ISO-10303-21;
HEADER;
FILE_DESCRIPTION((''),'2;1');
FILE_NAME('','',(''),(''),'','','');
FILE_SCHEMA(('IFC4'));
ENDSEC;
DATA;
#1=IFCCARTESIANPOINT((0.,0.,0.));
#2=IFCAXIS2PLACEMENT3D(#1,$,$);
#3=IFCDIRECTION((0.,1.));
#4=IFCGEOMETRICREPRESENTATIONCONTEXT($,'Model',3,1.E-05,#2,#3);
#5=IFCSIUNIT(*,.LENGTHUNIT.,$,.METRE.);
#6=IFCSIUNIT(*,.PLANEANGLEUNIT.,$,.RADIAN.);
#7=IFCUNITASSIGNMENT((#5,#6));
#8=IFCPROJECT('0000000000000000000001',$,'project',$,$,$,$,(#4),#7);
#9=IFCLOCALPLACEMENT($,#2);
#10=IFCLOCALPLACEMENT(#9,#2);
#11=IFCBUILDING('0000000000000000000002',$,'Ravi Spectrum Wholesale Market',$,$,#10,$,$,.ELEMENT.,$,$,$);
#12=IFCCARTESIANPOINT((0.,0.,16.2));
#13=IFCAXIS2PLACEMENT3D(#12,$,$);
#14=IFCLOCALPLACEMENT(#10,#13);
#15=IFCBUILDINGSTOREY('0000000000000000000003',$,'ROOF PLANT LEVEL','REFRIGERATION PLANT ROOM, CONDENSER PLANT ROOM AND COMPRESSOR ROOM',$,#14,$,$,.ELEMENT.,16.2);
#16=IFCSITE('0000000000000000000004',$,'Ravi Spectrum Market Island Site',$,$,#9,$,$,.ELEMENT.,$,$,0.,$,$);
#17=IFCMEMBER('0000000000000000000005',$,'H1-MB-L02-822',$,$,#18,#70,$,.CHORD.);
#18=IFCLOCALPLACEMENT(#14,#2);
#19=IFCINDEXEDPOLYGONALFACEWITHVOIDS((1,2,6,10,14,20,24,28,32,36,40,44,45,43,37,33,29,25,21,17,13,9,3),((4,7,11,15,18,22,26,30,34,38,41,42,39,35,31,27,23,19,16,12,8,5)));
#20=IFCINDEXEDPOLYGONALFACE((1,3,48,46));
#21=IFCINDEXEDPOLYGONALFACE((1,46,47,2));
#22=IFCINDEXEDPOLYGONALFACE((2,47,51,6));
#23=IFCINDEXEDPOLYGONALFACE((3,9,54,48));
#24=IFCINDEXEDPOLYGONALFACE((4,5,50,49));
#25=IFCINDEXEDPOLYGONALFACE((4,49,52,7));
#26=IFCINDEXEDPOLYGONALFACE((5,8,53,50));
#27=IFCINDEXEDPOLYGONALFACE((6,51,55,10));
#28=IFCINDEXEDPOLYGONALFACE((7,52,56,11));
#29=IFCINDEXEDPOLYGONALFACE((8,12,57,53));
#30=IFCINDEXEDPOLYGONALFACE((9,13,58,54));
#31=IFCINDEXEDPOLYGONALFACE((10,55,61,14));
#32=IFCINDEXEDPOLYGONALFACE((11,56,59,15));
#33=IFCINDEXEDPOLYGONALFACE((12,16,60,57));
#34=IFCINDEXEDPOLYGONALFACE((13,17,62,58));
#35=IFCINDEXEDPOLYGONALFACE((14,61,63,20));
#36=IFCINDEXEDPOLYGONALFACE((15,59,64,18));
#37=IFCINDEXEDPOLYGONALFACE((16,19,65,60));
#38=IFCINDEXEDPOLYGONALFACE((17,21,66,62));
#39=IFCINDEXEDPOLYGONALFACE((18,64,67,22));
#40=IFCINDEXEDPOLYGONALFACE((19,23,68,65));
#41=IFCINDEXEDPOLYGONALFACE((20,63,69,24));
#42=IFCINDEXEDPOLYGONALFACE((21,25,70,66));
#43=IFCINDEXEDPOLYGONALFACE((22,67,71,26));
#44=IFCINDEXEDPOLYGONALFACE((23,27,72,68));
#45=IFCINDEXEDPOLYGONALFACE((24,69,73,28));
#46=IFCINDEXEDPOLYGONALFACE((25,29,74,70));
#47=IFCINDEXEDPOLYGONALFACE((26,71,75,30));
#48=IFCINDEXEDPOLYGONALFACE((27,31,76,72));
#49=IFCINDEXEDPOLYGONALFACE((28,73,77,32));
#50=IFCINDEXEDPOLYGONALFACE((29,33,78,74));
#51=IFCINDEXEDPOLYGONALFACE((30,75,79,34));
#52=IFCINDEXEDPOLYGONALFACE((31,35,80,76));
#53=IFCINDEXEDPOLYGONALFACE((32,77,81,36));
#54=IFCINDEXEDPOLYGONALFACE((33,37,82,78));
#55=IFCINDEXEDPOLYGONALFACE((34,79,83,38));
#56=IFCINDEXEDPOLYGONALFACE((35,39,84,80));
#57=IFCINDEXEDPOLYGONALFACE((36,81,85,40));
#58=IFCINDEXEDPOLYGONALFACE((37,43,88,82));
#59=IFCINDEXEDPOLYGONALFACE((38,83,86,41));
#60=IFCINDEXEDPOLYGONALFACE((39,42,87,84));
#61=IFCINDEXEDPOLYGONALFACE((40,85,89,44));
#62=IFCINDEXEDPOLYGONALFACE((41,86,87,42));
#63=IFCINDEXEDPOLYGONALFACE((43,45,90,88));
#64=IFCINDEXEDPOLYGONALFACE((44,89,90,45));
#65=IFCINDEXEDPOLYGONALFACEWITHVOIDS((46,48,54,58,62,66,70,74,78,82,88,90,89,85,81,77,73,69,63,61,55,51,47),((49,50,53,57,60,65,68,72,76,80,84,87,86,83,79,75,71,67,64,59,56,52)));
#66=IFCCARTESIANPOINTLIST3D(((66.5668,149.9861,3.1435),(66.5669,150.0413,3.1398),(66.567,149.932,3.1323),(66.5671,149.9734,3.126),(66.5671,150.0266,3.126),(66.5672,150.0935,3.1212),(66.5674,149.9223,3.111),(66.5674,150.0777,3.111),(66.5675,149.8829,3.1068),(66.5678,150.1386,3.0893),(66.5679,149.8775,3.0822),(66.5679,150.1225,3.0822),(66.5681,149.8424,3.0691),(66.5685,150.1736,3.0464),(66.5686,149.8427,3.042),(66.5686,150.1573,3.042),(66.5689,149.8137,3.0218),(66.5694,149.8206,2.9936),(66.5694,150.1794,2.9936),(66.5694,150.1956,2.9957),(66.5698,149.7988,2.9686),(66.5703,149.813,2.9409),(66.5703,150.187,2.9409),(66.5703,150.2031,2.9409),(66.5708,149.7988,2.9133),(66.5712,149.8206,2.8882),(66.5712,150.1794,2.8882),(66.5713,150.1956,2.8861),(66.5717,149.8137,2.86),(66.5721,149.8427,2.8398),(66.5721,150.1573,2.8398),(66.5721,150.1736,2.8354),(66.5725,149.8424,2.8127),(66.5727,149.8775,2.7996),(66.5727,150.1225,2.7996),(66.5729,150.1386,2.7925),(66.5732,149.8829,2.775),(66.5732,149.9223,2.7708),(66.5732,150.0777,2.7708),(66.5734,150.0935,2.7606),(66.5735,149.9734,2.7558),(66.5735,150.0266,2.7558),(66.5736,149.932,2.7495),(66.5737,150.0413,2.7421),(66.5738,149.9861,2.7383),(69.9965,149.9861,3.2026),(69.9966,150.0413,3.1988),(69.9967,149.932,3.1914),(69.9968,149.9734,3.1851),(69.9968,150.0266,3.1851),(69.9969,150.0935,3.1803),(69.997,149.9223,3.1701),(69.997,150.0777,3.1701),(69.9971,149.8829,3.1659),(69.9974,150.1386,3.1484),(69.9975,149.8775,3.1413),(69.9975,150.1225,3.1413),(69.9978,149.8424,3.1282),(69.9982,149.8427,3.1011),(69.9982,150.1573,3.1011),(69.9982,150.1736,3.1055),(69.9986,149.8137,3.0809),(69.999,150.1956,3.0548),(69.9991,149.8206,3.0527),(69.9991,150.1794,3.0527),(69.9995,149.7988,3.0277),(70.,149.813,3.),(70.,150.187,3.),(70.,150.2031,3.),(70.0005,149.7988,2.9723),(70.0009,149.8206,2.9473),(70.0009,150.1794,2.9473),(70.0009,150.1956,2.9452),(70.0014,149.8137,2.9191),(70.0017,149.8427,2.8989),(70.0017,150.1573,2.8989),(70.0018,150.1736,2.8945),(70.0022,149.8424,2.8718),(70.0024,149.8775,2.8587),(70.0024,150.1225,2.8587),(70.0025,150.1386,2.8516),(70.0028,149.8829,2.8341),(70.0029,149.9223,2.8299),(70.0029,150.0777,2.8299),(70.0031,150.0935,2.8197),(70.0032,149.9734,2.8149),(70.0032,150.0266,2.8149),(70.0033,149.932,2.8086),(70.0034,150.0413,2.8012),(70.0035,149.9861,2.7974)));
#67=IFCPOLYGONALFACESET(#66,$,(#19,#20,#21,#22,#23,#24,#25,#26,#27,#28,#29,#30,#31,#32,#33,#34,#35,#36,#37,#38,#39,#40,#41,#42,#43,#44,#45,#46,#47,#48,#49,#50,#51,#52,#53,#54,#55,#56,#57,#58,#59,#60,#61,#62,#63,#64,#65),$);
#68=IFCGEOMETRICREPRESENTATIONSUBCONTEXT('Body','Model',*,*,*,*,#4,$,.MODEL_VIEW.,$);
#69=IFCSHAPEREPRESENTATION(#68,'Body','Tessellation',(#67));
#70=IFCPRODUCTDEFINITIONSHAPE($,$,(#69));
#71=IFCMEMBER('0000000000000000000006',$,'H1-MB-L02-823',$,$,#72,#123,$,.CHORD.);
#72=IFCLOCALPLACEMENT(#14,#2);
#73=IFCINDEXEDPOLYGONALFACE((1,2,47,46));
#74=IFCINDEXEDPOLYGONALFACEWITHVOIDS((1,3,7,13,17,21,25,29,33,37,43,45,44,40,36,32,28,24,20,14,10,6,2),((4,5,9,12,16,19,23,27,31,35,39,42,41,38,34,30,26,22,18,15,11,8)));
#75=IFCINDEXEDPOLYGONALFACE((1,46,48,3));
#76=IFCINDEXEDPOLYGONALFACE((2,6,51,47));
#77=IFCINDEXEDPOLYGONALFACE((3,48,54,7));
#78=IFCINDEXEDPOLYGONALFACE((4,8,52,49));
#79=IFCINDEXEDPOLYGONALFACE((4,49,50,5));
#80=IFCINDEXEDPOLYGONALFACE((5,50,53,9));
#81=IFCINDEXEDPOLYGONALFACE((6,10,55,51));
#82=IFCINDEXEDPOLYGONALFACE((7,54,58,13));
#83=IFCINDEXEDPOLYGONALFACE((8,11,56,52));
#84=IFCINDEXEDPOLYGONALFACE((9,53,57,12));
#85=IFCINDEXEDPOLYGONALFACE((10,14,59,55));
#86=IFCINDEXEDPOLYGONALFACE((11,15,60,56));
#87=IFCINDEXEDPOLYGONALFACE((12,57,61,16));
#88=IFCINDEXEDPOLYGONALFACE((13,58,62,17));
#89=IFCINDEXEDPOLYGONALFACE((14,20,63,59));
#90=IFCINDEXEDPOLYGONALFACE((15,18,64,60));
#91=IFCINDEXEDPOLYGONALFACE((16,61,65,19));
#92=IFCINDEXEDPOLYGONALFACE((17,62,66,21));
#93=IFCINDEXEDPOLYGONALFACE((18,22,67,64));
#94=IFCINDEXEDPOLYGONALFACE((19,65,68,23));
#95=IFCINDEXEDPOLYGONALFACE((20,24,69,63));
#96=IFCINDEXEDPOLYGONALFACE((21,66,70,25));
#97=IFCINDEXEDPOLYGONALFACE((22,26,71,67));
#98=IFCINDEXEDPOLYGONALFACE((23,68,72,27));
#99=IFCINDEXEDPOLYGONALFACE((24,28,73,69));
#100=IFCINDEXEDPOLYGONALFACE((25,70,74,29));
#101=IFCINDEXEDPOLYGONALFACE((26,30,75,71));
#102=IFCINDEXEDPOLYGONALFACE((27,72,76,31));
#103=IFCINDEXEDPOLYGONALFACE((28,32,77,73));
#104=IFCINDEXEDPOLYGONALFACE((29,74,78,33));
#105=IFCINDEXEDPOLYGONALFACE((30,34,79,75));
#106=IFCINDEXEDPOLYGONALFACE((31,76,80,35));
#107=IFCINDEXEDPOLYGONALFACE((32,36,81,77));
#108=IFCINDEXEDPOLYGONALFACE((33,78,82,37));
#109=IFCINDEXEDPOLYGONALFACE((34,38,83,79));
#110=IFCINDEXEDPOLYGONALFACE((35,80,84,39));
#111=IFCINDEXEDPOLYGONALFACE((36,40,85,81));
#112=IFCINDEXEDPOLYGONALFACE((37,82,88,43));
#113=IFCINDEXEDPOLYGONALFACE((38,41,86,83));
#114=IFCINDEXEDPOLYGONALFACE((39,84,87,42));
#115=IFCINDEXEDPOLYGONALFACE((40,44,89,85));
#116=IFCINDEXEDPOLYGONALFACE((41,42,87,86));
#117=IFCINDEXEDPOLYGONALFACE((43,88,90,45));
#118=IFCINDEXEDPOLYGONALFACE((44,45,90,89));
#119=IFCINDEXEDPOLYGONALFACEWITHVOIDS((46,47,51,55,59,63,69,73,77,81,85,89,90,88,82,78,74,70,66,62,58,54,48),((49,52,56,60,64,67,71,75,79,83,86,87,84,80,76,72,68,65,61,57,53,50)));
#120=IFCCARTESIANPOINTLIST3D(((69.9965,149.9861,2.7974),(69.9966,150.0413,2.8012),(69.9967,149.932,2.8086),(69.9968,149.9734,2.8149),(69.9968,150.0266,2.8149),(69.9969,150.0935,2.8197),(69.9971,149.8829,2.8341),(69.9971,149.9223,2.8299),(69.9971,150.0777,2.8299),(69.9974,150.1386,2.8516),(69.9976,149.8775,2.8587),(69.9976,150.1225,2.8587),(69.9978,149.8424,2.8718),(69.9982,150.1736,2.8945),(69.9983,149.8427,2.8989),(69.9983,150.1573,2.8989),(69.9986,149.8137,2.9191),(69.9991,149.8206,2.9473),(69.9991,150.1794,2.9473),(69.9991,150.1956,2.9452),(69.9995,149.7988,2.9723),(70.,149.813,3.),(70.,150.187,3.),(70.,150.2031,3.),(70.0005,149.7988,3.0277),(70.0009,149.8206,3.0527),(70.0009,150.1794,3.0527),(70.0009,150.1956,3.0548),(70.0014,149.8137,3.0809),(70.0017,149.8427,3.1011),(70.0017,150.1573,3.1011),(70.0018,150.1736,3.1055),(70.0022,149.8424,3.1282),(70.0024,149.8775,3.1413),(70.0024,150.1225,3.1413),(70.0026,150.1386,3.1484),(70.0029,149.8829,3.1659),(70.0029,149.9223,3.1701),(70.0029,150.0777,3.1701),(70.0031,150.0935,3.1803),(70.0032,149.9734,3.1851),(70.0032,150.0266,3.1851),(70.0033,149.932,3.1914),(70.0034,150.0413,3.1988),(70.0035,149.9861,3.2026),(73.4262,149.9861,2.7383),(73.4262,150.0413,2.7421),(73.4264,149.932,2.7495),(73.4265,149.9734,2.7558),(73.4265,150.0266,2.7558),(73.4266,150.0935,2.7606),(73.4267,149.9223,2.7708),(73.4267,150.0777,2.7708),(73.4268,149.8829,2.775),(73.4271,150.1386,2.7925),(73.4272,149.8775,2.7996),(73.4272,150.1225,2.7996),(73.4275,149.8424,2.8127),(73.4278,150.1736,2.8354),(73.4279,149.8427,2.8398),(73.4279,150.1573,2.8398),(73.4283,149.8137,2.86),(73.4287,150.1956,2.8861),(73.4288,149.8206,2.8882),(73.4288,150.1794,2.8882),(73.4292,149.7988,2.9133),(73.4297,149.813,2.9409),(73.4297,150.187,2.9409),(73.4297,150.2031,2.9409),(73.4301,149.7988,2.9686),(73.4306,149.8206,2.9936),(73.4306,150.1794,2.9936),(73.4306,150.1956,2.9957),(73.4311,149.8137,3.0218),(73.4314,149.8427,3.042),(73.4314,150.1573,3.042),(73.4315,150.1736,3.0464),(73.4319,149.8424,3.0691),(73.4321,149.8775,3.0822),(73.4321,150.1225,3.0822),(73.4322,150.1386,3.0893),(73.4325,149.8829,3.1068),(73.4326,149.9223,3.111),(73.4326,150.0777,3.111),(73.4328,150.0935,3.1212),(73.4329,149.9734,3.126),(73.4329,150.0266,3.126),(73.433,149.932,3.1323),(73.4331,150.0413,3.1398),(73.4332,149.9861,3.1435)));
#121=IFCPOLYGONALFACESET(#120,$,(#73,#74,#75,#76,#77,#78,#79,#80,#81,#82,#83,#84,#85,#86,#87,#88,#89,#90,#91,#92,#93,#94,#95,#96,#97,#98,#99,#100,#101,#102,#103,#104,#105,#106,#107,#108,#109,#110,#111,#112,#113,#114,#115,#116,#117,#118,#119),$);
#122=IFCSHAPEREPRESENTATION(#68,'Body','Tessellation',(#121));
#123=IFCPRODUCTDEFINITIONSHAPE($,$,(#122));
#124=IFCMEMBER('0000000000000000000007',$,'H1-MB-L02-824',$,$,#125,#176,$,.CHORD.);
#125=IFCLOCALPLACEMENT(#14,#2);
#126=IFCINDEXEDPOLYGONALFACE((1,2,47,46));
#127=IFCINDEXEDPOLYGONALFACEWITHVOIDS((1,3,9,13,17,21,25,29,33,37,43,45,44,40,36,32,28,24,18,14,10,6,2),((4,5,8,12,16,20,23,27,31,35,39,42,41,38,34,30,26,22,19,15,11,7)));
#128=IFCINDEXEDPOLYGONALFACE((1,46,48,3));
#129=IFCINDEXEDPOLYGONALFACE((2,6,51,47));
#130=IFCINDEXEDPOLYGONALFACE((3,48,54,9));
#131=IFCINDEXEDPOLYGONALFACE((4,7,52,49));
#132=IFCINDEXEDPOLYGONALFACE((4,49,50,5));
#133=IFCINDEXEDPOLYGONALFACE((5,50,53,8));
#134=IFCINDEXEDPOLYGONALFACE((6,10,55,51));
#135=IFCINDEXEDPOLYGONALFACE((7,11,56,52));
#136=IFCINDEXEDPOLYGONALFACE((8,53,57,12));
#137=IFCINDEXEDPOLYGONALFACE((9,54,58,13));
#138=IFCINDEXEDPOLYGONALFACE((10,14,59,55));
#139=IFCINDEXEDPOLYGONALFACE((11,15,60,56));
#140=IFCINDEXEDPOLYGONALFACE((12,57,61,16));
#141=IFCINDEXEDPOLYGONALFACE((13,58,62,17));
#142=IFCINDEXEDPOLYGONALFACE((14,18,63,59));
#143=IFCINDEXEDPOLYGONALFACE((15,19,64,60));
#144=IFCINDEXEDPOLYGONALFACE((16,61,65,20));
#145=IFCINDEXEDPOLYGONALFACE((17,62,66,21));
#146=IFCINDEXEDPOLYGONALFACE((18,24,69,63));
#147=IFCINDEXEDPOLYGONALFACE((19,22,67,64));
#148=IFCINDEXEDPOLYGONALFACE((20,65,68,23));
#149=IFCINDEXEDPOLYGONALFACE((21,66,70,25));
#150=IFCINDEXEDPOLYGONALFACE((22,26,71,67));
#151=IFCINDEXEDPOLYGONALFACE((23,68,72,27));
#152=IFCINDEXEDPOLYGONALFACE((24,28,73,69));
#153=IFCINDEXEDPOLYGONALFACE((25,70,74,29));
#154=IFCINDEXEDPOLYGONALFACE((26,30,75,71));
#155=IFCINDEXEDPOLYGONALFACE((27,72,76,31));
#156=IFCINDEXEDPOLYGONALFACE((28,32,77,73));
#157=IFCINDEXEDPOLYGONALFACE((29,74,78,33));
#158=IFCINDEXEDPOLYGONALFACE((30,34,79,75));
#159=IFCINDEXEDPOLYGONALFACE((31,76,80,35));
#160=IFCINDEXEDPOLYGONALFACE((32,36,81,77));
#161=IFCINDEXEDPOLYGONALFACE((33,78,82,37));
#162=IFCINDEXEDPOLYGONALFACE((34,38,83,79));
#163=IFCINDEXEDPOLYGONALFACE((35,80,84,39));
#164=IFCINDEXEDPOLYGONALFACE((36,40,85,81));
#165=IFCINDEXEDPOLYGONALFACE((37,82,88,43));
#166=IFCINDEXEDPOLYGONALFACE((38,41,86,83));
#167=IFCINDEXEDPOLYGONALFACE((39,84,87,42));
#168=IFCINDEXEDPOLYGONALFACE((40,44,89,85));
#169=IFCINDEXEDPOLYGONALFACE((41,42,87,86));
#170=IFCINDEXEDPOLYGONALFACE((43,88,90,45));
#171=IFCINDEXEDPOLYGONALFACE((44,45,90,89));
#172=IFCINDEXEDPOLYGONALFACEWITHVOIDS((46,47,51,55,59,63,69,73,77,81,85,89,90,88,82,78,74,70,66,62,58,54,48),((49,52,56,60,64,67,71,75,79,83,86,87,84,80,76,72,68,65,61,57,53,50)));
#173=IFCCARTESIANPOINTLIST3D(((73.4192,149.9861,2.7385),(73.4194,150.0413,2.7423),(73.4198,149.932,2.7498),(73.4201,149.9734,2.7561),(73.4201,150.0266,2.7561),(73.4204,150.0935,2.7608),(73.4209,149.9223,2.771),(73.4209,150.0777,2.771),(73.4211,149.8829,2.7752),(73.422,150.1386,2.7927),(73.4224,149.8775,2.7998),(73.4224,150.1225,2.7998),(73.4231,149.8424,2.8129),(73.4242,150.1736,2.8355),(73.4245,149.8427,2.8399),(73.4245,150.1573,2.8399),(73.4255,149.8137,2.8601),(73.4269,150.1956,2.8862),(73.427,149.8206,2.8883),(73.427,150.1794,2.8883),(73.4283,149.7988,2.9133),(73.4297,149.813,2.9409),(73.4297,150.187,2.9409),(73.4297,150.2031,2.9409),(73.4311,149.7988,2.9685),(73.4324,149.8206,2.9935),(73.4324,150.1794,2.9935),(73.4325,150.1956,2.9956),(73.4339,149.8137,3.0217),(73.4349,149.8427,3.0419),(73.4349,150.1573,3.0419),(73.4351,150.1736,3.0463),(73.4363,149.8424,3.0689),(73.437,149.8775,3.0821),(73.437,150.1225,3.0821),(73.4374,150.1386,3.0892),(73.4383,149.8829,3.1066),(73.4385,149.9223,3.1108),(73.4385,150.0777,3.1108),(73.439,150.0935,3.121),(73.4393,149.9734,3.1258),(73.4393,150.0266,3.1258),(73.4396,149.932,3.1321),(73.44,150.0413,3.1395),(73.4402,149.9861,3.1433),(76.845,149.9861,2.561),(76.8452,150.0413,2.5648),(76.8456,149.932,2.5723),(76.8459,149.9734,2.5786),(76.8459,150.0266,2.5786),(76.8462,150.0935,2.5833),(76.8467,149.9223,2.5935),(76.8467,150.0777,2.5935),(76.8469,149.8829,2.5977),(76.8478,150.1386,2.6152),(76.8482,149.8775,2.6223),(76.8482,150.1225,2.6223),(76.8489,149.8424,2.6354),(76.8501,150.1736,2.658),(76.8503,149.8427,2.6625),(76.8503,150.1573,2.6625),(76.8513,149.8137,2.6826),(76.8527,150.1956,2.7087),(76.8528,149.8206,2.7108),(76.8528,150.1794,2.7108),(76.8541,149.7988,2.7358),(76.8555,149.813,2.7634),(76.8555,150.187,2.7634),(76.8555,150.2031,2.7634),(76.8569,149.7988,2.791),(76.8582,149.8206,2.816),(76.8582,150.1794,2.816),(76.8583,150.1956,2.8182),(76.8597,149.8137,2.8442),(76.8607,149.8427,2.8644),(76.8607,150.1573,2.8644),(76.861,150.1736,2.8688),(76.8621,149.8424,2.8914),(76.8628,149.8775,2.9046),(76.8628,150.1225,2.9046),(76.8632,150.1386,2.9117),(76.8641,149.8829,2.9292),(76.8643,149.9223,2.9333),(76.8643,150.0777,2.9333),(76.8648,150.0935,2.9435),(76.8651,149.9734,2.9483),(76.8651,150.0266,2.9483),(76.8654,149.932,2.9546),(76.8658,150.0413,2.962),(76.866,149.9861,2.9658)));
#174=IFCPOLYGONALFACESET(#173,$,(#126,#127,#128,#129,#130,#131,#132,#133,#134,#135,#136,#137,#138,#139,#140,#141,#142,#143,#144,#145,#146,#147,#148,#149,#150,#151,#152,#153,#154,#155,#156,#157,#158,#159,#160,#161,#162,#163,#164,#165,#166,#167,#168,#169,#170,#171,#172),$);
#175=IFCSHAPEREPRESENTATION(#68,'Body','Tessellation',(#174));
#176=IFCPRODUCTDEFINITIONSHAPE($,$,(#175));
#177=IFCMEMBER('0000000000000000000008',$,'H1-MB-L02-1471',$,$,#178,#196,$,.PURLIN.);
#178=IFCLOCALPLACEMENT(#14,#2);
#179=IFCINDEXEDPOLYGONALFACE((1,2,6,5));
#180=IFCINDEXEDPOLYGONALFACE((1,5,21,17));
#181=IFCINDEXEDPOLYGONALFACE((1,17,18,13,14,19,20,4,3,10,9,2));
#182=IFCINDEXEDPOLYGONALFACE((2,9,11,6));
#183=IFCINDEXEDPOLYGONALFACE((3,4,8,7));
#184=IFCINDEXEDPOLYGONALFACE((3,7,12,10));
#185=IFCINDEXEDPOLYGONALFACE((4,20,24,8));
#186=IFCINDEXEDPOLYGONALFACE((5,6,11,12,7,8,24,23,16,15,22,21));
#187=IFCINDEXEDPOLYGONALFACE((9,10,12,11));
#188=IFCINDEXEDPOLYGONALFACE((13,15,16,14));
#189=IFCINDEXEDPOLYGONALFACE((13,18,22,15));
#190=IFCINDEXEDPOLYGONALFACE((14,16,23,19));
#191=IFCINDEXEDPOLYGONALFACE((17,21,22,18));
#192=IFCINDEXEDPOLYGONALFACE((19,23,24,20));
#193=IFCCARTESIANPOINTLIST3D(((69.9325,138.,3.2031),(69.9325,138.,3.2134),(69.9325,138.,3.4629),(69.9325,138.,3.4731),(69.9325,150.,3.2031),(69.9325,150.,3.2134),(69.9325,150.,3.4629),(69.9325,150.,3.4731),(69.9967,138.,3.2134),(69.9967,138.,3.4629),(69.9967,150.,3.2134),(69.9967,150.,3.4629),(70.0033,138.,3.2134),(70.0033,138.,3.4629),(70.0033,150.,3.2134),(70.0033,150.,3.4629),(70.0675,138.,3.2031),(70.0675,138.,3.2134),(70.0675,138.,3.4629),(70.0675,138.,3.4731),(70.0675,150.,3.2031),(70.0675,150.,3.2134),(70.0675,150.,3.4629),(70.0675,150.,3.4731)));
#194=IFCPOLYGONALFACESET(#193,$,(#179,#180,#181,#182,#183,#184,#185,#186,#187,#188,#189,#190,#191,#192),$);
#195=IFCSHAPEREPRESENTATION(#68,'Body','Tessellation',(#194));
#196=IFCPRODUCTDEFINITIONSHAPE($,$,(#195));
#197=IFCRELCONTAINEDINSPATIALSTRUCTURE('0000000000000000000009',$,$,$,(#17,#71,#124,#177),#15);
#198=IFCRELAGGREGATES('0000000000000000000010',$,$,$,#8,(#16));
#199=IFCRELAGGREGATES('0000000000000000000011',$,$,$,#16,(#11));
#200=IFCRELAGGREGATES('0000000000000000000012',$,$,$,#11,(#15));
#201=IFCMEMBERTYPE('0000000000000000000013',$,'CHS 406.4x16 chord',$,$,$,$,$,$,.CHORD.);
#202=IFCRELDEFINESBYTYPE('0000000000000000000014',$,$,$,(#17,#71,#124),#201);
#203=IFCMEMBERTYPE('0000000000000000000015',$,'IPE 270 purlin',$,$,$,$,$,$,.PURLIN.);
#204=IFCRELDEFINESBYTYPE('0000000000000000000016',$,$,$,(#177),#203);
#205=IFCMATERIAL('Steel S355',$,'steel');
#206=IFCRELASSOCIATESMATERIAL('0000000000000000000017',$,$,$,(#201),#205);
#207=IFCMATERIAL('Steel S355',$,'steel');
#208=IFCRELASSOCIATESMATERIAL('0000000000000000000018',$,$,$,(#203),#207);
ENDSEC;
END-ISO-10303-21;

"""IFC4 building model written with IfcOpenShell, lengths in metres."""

from ifc_helpers import new_model, si_unit, direction, frame, origin, origin_2d, place, context, subcontext, project, spatial, hollow_circle, i_section, extrude, material, material_profile, profile_set, type_object, element, save


model = new_model("IFC4")

# Units and contexts
model_context = context("Model", 3, precision=1e-05, world=origin(), true_north=direction((0.0, 1.0)))
body_context = subcontext(model_context, "Body", "Model", "MODEL_VIEW")
ifc_project = project(units=[si_unit("LENGTHUNIT", "METRE"), si_unit("PLANEANGLEUNIT", "RADIAN")], contexts=[model_context])

# Site, building, storey
site_placement = place(None, origin())
site = spatial("IfcSite", under=ifc_project, at=site_placement, Name="Ravi Spectrum Market Island Site", CompositionType="ELEMENT", RefElevation=0.0)
building_placement = place(site_placement, origin())
building = spatial("IfcBuilding", under=site, at=building_placement, Name="Ravi Spectrum Wholesale Market", CompositionType="ELEMENT")
storey_placement = place(building_placement, frame((0.0, 0.0, 16.2)))
storey = spatial("IfcBuildingStorey", under=building, at=storey_placement, Name="ROOF PLANT LEVEL", Description="REFRIGERATION PLANT ROOM, CONDENSER PLANT ROOM AND COMPRESSOR ROOM", CompositionType="ELEMENT", Elevation=16.2)

# Members
ifc_material_1 = material(Name="Steel S355", Category="steel")
ifc_material_profile_1 = material_profile(ifc_material_1, hollow_circle(Radius=0.2031, WallThickness=0.0161, at=origin_2d()))
ifc_profile_set_1 = profile_set([ifc_material_profile_1], Name="Steel S355")
member_type_1 = type_object("IfcMemberType", Name="CHS 406.4x16 chord", PredefinedType="CHORD", material=ifc_profile_set_1)
for number, where, z_axis, x_axis, name in (
    (1, (66.5703, 150.0, 2.9409), (0.999852, 0.0, 0.017224), (0.0, 1.0, 0.0), "H1-MB-L02-822"),
    (2, (70.0, 150.0, 3.0), (0.999852, 0.0, -0.017224), (0.0, 1.0, 0.0), "H1-MB-L02-823"),
):
    element("IfcMember", number, at=place(storey_placement, frame(where, z_axis=z_axis, x_axis=x_axis)), inside=storey, type_object=member_type_1, Name=name, PredefinedType="CHORD", context=body_context, shape_type="SweptSolid", body=[
        extrude(hollow_circle(Radius=0.2031, WallThickness=0.0161, at=origin_2d()), origin(), (0.0, 0.0, 1.0), 3.4302),
    ])
member_1_placement = place(storey_placement, frame((73.4297, 150.0, 2.9409), z_axis=(0.998661, 0.0, -0.051741), x_axis=(0.0, 1.0, 0.0)))
element("IfcMember", 3, at=member_1_placement, inside=storey, type_object=member_type_1, Name="H1-MB-L02-824", PredefinedType="CHORD", context=body_context, shape_type="SweptSolid", body=[
    extrude(hollow_circle(Radius=0.2031, WallThickness=0.0161, at=origin_2d()), origin(), (0.0, 0.0, 1.0), 3.4304),
])
ifc_material_2 = material(Name="Steel S355", Category="steel")
ifc_material_profile_2 = material_profile(ifc_material_2, i_section(OverallWidth=0.135, OverallDepth=0.27, WebThickness=0.0066, FlangeThickness=0.0103, at=origin_2d()))
ifc_profile_set_2 = profile_set([ifc_material_profile_2], Name="Steel S355")
member_type_2 = type_object("IfcMemberType", Name="IPE 270 purlin", PredefinedType="PURLIN", material=ifc_profile_set_2)
for number, where, z_axis, x_axis, name in (
    (4, (70.0, 138.0, 3.3381), (0.0, 1.0, 0.0), (-1.0, 0.0, 0.0), "H1-MB-L02-1471"),
):
    element("IfcMember", number, at=place(storey_placement, frame(where, z_axis=z_axis, x_axis=x_axis)), inside=storey, type_object=member_type_2, Name=name, PredefinedType="PURLIN", context=body_context, shape_type="SweptSolid", body=[
        extrude(i_section(OverallWidth=0.135, OverallDepth=0.27, WebThickness=0.0066, FlangeThickness=0.0103, at=origin_2d()), origin(), (0.0, 0.0, 1.0), 12.0),
    ])

save(model, "model.ifc")
